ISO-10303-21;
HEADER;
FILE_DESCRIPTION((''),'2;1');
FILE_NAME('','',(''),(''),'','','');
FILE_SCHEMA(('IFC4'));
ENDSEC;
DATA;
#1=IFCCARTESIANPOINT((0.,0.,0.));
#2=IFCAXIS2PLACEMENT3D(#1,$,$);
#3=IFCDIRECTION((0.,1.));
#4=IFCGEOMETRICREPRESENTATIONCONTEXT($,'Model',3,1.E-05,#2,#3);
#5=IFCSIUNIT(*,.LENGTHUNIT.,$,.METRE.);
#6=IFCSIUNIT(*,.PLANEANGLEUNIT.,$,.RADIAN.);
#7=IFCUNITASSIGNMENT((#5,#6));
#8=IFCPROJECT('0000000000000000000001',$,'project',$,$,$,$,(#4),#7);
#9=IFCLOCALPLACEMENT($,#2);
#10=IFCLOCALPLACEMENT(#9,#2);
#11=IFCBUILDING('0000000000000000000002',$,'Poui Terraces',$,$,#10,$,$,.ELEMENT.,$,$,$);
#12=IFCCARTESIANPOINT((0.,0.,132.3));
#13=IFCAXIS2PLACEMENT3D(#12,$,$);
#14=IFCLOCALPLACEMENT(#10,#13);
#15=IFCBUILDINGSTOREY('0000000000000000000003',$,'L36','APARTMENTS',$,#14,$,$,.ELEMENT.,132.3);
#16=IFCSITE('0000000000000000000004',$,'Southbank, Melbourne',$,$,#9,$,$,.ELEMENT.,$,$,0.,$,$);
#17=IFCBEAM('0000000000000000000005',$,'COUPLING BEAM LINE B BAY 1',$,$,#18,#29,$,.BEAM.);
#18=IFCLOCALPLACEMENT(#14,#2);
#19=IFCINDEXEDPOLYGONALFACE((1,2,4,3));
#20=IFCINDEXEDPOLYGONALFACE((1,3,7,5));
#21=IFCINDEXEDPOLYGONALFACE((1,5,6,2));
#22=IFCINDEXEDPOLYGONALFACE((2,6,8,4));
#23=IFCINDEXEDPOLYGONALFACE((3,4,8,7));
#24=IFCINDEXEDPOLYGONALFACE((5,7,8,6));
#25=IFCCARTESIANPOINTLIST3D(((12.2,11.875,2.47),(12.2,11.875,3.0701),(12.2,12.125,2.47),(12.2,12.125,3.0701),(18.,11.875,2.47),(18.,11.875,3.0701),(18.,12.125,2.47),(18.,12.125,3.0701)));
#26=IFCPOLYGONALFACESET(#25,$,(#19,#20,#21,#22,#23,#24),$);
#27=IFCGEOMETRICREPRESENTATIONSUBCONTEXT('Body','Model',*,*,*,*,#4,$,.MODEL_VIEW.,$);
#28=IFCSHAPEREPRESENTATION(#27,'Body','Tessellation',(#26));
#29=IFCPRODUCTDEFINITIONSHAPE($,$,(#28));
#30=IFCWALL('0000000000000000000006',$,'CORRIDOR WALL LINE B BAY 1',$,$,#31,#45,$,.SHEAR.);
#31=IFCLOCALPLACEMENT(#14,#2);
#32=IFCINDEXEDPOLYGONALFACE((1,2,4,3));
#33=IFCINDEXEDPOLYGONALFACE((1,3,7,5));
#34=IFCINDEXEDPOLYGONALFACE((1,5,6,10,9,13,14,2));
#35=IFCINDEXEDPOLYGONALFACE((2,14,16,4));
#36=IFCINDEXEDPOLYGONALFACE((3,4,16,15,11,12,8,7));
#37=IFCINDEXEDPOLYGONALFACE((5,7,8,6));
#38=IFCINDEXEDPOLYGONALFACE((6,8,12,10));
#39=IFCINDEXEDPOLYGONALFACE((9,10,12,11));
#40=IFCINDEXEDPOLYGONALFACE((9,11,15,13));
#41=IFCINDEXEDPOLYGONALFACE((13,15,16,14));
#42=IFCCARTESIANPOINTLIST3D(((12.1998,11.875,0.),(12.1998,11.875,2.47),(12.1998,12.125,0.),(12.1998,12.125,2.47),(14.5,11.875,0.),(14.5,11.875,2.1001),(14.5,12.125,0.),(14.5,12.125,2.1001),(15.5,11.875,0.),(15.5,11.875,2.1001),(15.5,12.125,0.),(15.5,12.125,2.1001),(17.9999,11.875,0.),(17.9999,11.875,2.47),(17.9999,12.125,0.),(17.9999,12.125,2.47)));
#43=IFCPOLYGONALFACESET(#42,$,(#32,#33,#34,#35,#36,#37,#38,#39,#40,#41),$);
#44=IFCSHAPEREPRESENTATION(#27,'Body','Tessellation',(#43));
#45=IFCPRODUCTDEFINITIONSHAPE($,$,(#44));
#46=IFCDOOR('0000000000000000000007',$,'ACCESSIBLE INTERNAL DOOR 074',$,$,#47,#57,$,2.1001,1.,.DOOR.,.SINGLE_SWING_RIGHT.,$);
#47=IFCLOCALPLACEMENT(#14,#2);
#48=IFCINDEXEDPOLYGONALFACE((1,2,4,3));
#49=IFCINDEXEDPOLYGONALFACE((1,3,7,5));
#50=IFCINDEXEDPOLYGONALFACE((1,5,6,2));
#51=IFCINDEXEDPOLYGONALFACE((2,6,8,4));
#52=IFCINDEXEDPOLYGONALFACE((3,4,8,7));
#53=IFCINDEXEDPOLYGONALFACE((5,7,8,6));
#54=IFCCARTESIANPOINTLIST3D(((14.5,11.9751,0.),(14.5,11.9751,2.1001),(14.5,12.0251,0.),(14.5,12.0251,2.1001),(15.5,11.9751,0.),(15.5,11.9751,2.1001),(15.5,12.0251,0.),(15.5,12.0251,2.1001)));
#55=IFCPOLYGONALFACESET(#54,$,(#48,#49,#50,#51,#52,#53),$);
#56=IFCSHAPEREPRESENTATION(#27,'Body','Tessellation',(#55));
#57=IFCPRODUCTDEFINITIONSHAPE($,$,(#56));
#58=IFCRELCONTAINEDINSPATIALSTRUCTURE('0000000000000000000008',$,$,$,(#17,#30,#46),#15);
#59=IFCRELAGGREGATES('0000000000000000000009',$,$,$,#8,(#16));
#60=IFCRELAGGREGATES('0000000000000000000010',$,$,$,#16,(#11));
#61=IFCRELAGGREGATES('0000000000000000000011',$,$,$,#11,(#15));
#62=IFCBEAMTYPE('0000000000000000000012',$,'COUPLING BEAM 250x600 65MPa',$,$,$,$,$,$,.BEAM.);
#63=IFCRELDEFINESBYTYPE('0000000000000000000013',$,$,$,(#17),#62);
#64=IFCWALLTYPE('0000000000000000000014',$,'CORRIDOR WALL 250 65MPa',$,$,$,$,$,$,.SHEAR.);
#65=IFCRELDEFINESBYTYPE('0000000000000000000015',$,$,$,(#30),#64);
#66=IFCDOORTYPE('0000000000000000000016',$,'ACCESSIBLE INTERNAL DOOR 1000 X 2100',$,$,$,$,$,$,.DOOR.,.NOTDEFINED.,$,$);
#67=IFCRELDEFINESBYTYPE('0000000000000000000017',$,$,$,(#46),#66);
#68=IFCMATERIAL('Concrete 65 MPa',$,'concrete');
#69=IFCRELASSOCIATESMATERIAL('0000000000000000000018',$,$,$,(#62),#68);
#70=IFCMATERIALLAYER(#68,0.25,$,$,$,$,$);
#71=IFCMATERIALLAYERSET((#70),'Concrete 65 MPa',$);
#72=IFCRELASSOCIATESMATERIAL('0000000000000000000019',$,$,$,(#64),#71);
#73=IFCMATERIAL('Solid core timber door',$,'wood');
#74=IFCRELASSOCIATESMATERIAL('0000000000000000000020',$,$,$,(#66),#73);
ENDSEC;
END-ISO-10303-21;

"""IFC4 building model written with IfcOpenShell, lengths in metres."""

from ifc_helpers import new_model, si_unit, direction, frame, frame_2d, origin, origin_2d, place, context, subcontext, project, spatial, rectangle, extrude, source, transform, mapped, material, layer, layer_set, material_profile, profile_set, type_object, element, fill, save


model = new_model("IFC4")

# Units and contexts
model_context = context("Model", 3, precision=1e-05, world=origin(), true_north=direction((0.0, 1.0)))
body_context = subcontext(model_context, "Body", "Model", "MODEL_VIEW")
ifc_project = project(units=[si_unit("LENGTHUNIT", "METRE"), si_unit("PLANEANGLEUNIT", "RADIAN")], contexts=[model_context])

# Site, building, storey
site_placement = place(None, origin())
site = spatial("IfcSite", under=ifc_project, at=site_placement, Name="Southbank, Melbourne", CompositionType="ELEMENT", RefElevation=0.0)
building_placement = place(site_placement, origin())
building = spatial("IfcBuilding", under=site, at=building_placement, Name="Poui Terraces", CompositionType="ELEMENT")
storey_placement = place(building_placement, frame((0.0, 0.0, 132.3)))
storey = spatial("IfcBuildingStorey", under=building, at=storey_placement, Name="L36", Description="APARTMENTS", CompositionType="ELEMENT", Elevation=132.3)

# Beam
ifc_material_1 = material(Name="Concrete 65 MPa", Category="concrete")
ifc_material_profile = material_profile(ifc_material_1, rectangle(XDim=0.25, YDim=0.6001, at=origin_2d()), Name="RC 250x600")
ifc_profile_set = profile_set([ifc_material_profile], Name="Concrete 65 MPa")
beam_type = type_object("IfcBeamType", Name="COUPLING BEAM 250x600 65MPa", PredefinedType="BEAM", material=ifc_profile_set)
shared_shape = source(origin(), body_context, "Body", "SweptSolid", [
    extrude(rectangle(XDim=0.25, YDim=0.6001, at=origin_2d()), origin(), (0.0, 0.0, 1.0), 5.8),
])
beam_placement = place(storey_placement, frame((12.2, 12.0, 2.77), z_axis=(1.0, 0.0, 0.0), x_axis=(0.0, 1.0, 0.0)))
element("IfcBeam", 1, at=beam_placement, inside=storey, type_object=beam_type, Name="COUPLING BEAM LINE B BAY 1", PredefinedType="BEAM", context=body_context, shape_type="MappedRepresentation", body=[
    mapped(shared_shape, transform((0.0, 0.0, 0.0))),
])

# Wall, opening, door
ifc_layer_1 = layer(ifc_material_1, 0.25)
ifc_layer_set_1 = layer_set([ifc_layer_1], Name="Concrete 65 MPa")
wall_type_1 = type_object("IfcWallType", Name="CORRIDOR WALL 250 65MPa", PredefinedType="SHEAR", material=ifc_layer_set_1)
wall_1_placement = place(storey_placement, frame((12.2, 12.0, 0.0), z_axis=(0.0, 0.0, 1.0), x_axis=(1.0, 0.0, 0.0)))
wall_1 = element("IfcWall", 2, at=wall_1_placement, inside=storey, type_object=wall_type_1, Name="CORRIDOR WALL LINE B BAY 1", PredefinedType="SHEAR", context=body_context, shape_type="SweptSolid", body=[
    extrude(rectangle(XDim=5.8, YDim=0.25, at=frame_2d((2.8999, 0.0))), origin(), (0.0, 0.0, 1.0), 2.47),
])
opening_1_placement = place(wall_1_placement, frame((2.3, 0.0, 0.0)))
opening_1 = element("IfcOpeningElement", 3, at=opening_1_placement, cuts=wall_1, PredefinedType="OPENING", context=body_context, shape_type="SweptSolid", body=[
    extrude(rectangle(XDim=1.0, YDim=2.1001, at=frame_2d((0.5, 1.05))), frame((0.0, 0.135, 0.0), z_axis=(0.0, -1.0, 0.0), x_axis=(1.0, 0.0, 0.0)), (0.0, 0.0, 1.0), 0.27),
])
ifc_material_2 = material(Name="Solid core timber door", Category="wood")
door_type_1 = type_object("IfcDoorType", Name="ACCESSIBLE INTERNAL DOOR 1000 X 2100", OperationType="NOTDEFINED", PredefinedType="DOOR", material=ifc_material_2)
door_1_placement = place(opening_1_placement, frame((1.0, 0.0, 0.0), z_axis=(0.0, 0.0, 1.0), x_axis=(-1.0, 0.0, 0.0)))
door_1 = element("IfcDoor", 4, at=door_1_placement, inside=storey, type_object=door_type_1, Name="ACCESSIBLE INTERNAL DOOR 074", OperationType="SINGLE_SWING_RIGHT", OverallHeight=2.1001, OverallWidth=1.0, PredefinedType="DOOR", context=body_context, shape_type="SweptSolid", body=[
    extrude(rectangle(XDim=1.0, YDim=2.1001, at=frame_2d((0.5, 1.05))), frame((0.0, 0.0249, 0.0), z_axis=(0.0, -1.0, 0.0), x_axis=(1.0, 0.0, 0.0)), (0.0, 0.0, 1.0), 0.05),
])
fill(opening_1, door_1)

save(model, "model.ifc")
